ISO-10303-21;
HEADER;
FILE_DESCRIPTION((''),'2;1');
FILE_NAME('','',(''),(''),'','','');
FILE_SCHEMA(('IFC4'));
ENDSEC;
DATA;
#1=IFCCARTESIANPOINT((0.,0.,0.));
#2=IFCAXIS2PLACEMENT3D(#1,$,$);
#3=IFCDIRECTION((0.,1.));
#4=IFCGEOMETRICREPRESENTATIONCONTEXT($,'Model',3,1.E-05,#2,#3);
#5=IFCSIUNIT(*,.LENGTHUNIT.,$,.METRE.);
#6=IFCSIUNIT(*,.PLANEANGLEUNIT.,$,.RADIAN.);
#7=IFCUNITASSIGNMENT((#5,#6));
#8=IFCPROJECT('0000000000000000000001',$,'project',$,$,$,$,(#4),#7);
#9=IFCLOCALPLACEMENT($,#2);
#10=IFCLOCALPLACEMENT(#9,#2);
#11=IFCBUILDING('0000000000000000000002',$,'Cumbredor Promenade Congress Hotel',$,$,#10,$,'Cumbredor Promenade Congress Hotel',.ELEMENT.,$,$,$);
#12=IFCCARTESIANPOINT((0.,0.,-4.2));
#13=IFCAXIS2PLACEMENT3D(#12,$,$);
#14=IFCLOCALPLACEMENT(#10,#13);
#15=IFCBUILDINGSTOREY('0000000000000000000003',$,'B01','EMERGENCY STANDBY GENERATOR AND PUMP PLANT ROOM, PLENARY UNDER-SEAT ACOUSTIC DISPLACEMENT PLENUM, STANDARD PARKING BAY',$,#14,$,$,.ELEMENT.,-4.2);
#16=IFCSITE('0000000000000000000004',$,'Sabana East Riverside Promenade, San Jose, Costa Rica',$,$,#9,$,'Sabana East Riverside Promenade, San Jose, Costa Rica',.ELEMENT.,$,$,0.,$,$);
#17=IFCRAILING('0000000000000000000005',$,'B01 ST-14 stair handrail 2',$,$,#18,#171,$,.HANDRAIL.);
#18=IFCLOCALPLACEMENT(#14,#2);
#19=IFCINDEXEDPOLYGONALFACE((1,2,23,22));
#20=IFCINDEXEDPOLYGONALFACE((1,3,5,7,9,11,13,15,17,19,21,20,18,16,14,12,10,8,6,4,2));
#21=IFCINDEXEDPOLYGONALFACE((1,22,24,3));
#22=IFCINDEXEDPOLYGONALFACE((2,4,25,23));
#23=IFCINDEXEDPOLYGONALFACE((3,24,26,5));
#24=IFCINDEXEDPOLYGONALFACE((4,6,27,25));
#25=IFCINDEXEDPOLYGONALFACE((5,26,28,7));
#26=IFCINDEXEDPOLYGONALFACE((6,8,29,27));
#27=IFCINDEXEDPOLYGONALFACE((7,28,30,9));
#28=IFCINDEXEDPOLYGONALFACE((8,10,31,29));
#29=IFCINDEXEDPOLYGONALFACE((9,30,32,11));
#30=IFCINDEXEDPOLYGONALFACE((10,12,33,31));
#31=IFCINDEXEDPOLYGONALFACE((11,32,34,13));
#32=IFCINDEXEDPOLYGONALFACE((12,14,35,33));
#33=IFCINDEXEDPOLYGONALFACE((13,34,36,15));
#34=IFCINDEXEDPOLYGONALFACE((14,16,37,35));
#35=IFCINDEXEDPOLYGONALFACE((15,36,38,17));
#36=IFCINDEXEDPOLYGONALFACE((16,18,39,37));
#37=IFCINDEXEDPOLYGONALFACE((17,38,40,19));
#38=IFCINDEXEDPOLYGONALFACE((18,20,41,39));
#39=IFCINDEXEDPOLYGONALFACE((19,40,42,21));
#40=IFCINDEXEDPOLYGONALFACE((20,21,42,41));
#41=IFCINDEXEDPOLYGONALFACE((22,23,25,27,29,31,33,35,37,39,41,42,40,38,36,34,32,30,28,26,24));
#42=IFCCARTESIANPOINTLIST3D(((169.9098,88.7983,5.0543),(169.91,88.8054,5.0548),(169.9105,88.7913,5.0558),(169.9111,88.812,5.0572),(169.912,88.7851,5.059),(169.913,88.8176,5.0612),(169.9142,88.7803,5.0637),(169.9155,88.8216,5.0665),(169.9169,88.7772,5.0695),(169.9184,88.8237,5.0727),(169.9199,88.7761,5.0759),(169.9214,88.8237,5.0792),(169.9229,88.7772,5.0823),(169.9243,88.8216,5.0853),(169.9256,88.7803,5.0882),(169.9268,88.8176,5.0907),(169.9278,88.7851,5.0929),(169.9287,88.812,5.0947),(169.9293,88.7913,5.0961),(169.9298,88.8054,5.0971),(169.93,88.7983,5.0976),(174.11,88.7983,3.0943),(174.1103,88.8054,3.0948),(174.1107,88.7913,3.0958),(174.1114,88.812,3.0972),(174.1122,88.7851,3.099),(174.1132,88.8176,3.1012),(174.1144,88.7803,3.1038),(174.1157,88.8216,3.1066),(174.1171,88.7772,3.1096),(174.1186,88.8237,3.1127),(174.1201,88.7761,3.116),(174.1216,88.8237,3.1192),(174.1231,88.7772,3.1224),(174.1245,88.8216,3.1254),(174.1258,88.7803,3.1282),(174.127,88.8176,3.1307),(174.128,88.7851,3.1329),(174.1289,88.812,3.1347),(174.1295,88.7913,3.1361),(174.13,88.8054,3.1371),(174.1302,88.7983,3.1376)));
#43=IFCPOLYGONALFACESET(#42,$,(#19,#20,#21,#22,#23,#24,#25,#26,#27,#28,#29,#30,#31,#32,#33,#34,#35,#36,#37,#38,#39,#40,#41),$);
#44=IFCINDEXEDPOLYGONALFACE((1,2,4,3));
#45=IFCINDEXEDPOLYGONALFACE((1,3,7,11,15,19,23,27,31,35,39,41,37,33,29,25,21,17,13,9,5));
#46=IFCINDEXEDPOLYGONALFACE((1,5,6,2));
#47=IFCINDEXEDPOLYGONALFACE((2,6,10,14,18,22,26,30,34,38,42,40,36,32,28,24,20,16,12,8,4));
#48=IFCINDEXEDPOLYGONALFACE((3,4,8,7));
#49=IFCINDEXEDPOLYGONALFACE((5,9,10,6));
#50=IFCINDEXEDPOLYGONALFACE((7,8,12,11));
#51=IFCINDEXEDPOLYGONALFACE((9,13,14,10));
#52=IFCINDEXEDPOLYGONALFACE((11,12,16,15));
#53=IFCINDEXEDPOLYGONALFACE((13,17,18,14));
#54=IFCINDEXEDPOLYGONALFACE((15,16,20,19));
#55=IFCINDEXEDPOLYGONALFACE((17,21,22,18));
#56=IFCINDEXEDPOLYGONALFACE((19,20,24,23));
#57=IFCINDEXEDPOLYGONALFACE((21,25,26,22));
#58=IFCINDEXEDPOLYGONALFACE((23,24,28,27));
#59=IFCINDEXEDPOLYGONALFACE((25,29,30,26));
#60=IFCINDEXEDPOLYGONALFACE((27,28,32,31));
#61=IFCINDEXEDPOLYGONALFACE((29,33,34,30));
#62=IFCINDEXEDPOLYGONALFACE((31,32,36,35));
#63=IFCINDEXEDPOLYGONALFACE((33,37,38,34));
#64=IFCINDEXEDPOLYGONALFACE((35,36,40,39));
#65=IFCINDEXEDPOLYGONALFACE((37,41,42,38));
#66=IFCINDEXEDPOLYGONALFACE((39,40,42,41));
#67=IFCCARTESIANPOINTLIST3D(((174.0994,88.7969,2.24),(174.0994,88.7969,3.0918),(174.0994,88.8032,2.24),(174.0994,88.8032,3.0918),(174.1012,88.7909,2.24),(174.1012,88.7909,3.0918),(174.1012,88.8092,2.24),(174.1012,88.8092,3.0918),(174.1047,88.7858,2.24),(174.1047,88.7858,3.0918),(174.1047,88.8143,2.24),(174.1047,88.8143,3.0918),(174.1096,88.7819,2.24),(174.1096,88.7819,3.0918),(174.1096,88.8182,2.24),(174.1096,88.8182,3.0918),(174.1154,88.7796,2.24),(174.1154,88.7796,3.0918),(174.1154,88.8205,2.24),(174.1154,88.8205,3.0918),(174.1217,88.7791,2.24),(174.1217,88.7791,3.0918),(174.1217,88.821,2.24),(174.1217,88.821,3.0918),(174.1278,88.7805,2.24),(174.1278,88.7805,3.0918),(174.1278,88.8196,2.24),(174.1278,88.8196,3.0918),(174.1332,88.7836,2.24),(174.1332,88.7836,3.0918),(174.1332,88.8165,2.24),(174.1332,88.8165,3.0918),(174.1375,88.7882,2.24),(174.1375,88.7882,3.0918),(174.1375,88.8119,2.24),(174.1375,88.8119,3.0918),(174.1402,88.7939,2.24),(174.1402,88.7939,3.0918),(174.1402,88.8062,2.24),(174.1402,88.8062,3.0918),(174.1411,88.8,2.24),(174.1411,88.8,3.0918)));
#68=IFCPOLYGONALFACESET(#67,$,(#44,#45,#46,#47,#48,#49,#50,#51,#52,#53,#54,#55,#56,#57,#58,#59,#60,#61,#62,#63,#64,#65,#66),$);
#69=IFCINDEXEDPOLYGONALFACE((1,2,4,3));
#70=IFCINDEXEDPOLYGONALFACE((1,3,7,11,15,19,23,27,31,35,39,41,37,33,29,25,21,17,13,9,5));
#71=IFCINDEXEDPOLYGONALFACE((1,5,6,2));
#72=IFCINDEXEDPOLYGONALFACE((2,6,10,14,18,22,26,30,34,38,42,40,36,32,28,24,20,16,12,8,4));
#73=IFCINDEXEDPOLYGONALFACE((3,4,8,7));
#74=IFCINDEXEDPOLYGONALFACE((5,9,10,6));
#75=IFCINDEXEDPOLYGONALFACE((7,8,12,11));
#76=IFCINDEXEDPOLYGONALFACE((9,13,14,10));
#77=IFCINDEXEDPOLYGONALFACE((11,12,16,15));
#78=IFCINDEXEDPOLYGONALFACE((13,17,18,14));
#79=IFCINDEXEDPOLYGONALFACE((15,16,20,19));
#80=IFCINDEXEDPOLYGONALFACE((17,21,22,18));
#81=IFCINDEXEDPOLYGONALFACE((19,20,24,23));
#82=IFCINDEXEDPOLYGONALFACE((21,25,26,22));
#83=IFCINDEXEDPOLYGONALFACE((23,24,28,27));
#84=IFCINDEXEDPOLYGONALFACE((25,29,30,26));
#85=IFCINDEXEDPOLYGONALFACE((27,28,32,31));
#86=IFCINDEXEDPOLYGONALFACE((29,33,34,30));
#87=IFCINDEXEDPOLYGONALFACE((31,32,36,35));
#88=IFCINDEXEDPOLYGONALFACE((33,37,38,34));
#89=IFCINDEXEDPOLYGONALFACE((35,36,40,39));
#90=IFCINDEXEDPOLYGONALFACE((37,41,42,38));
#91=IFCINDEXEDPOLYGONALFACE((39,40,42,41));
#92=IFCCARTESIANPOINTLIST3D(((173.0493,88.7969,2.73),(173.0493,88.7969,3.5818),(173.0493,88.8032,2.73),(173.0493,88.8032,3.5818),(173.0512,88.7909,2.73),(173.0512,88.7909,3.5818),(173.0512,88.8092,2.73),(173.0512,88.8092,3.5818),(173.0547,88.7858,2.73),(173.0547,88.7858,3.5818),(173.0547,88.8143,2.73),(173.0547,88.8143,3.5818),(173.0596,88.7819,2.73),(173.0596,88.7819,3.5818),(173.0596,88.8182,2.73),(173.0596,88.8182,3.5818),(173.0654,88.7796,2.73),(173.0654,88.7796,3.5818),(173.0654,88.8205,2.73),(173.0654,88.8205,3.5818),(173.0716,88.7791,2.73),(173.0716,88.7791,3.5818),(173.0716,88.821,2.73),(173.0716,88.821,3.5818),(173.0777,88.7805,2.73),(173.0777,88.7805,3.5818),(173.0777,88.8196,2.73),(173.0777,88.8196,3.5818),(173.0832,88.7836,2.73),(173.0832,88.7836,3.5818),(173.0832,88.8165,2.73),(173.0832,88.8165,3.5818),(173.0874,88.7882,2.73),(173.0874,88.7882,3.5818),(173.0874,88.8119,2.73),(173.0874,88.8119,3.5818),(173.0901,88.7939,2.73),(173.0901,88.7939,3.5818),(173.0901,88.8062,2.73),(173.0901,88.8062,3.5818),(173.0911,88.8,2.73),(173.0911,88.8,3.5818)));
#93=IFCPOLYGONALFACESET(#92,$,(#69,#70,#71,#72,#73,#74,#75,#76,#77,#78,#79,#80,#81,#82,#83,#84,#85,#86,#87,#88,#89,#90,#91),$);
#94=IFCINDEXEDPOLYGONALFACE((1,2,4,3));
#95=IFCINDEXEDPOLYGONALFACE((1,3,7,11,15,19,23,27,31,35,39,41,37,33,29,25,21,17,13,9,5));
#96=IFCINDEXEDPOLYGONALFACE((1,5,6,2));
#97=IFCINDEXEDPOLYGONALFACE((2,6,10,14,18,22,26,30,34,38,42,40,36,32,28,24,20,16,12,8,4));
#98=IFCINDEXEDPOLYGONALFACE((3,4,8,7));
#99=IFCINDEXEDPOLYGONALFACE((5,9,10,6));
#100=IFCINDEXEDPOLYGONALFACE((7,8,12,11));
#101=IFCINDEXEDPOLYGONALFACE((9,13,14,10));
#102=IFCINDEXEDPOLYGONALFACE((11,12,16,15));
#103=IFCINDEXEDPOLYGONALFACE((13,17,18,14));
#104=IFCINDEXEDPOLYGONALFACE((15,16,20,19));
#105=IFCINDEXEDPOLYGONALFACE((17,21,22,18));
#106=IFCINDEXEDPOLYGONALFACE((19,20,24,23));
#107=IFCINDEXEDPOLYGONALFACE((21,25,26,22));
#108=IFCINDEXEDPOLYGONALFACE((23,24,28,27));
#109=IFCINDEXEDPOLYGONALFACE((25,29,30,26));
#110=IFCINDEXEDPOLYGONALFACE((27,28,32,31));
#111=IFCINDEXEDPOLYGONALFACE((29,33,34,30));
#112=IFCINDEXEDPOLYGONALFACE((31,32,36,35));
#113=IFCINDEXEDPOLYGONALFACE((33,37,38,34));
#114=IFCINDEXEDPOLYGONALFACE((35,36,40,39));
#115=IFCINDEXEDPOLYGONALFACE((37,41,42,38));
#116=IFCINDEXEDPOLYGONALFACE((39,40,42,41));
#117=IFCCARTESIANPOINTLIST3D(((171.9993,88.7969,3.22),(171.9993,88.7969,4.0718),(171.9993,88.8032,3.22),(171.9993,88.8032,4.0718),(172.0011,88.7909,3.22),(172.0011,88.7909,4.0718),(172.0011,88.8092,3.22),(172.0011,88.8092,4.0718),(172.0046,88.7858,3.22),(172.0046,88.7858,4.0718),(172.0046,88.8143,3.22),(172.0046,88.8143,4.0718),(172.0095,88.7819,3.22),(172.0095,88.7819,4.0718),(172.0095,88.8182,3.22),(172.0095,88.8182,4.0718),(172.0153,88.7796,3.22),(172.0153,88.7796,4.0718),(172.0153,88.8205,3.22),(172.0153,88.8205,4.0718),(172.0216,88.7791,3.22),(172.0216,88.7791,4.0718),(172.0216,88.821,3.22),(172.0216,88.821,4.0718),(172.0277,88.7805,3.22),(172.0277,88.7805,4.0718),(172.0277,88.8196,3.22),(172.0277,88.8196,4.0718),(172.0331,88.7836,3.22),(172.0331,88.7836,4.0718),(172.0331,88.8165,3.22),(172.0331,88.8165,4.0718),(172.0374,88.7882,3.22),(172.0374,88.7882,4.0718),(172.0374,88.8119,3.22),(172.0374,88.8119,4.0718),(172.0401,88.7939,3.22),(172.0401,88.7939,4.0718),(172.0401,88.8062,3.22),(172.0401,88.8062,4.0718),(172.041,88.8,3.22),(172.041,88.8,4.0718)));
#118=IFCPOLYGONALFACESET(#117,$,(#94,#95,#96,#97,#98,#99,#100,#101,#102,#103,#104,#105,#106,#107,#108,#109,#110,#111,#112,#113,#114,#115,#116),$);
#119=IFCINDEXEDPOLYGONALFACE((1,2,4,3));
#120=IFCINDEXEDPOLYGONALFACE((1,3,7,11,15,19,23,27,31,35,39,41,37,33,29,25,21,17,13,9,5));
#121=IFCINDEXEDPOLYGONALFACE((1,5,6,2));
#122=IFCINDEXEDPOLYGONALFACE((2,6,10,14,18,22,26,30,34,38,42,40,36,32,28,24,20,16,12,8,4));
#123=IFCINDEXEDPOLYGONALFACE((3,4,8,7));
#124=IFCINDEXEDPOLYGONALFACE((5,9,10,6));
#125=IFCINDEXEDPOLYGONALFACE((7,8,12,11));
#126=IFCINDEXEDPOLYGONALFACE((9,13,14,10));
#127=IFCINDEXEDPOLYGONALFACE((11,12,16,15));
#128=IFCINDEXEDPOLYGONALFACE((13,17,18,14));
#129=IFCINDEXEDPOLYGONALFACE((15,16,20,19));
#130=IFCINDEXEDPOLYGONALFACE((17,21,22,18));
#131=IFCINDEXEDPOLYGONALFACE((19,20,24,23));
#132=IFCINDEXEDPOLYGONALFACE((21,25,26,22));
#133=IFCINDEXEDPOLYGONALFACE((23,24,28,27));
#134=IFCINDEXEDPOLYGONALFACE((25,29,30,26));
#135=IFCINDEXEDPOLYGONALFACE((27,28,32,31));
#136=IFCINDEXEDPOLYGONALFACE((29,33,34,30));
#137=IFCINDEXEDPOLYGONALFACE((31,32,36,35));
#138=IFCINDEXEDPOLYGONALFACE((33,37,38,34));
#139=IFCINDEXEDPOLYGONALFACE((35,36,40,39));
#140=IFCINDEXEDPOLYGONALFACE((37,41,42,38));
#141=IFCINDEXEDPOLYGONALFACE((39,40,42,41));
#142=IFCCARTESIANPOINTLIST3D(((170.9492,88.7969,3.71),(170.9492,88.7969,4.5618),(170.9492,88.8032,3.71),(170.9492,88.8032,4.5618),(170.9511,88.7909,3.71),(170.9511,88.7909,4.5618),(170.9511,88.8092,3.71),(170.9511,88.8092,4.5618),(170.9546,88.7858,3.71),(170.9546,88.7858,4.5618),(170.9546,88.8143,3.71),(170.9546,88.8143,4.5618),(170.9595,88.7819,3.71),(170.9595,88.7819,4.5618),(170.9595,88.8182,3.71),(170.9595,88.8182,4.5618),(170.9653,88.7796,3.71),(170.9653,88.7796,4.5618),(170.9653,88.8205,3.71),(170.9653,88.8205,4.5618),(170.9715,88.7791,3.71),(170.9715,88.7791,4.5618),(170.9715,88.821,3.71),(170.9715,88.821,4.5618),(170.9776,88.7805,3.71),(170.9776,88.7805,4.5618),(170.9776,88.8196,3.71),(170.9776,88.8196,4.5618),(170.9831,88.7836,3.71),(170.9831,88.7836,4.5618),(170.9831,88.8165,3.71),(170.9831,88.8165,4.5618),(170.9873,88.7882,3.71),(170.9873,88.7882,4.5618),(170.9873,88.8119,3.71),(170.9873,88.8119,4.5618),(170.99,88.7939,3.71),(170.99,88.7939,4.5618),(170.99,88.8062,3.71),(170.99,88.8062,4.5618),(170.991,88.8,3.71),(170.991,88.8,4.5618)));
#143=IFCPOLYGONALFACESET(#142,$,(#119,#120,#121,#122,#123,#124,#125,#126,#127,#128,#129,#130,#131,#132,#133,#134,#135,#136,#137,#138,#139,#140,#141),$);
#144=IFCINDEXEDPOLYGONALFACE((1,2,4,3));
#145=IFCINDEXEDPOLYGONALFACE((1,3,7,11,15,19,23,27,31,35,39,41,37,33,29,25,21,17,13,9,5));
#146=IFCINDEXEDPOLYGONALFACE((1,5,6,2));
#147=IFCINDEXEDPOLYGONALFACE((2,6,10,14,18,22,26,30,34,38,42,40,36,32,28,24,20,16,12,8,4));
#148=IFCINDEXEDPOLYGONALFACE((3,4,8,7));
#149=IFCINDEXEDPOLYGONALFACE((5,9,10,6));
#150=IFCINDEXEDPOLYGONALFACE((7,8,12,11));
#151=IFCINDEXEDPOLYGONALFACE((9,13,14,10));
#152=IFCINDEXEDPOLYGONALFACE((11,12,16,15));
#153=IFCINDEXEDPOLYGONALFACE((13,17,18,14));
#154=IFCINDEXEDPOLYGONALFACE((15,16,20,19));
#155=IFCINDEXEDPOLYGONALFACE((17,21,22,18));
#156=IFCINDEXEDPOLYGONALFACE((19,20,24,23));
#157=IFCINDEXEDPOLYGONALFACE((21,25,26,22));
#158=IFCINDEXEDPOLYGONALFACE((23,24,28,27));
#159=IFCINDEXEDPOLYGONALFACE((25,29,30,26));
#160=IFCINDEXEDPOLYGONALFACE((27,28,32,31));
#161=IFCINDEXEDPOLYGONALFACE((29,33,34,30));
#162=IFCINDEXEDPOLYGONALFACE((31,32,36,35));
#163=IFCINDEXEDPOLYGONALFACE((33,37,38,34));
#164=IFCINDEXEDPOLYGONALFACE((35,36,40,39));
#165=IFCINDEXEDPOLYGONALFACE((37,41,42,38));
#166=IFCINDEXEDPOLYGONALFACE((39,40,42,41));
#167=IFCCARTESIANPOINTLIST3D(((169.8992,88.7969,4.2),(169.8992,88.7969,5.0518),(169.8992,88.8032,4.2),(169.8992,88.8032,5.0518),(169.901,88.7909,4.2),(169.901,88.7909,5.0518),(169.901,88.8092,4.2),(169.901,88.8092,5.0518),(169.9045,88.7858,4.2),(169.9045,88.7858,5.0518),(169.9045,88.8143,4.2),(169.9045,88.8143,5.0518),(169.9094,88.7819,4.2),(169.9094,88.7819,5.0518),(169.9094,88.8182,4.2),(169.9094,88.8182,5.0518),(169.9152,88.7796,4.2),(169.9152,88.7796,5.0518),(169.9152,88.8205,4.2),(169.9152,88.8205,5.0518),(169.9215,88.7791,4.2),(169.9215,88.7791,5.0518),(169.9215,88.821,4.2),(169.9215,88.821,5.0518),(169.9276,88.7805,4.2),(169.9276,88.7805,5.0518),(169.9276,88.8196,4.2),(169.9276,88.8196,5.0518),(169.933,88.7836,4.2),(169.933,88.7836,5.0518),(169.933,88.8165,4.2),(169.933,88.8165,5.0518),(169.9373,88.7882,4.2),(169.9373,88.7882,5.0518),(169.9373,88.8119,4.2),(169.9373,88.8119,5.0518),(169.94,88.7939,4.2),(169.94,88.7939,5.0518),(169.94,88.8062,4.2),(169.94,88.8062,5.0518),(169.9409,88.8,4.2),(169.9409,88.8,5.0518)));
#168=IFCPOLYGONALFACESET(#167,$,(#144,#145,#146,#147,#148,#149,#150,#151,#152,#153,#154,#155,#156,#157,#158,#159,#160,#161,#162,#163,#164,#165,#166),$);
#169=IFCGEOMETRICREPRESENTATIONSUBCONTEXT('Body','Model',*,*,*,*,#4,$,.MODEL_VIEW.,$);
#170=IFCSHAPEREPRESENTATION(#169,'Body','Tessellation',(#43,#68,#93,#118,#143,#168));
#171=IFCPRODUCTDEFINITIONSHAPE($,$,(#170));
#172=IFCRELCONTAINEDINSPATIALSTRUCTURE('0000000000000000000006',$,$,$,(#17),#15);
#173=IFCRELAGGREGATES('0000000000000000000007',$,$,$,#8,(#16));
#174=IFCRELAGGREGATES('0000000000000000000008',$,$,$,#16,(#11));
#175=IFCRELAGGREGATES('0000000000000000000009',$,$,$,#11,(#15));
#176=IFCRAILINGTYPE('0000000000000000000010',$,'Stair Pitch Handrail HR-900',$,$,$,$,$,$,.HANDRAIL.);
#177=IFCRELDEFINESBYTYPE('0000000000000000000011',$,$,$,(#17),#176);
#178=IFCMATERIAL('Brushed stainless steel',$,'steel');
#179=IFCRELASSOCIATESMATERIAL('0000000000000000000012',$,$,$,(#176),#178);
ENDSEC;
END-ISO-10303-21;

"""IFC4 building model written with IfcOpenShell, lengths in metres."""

from ifc_helpers import new_model, si_unit, direction, frame, origin, origin_2d, place, context, subcontext, project, spatial, circle, extrude, material, type_object, element, save


model = new_model("IFC4")

# Units and contexts
model_context = context("Model", 3, precision=1e-05, world=origin(), true_north=direction((0.0, 1.0)))
body_context = subcontext(model_context, "Body", "Model", "MODEL_VIEW")
ifc_project = project(units=[si_unit("LENGTHUNIT", "METRE"), si_unit("PLANEANGLEUNIT", "RADIAN")], contexts=[model_context])

# Site, building, storey
site_placement = place(None, origin())
site = spatial("IfcSite", under=ifc_project, at=site_placement, Name="Sabana East Riverside Promenade, San Jose, Costa Rica", LongName="Sabana East Riverside Promenade, San Jose, Costa Rica", CompositionType="ELEMENT", RefElevation=0.0)
building_placement = place(site_placement, origin())
building = spatial("IfcBuilding", under=site, at=building_placement, Name="Cumbredor Promenade Congress Hotel", LongName="Cumbredor Promenade Congress Hotel", CompositionType="ELEMENT")
storey_placement = place(building_placement, frame((0.0, 0.0, -4.2)))
storey = spatial("IfcBuildingStorey", under=building, at=storey_placement, Name="B01", Description="EMERGENCY STANDBY GENERATOR AND PUMP PLANT ROOM, PLENARY UNDER-SEAT ACOUSTIC DISPLACEMENT PLENUM, STANDARD PARKING BAY", CompositionType="ELEMENT", Elevation=-4.2)

# Railing
ifc_material_1 = material(Name="Brushed stainless steel", Category="steel")
railing_type_1 = type_object("IfcRailingType", Name="Stair Pitch Handrail HR-900", PredefinedType="HANDRAIL", material=ifc_material_1)
railing_1_placement = place(storey_placement, frame((174.1201, 88.8, 2.24)))
element("IfcRailing", 1, at=railing_1_placement, inside=storey, type_object=railing_type_1, Name="B01 ST-14 stair handrail 2", PredefinedType="HANDRAIL", context=body_context, shape_type="SweptSolid", body=[
    extrude(circle(Radius=0.0239, at=origin_2d()), frame((0.0, 0.0, 0.876), z_axis=(-0.906194, 0.0, 0.422862), x_axis=(0.0, -1.0, 0.0)), (0.0, 0.0, 1.0), 4.635),
    extrude(circle(Radius=0.021, at=origin_2d()), origin(), (0.0, 0.0, 1.0), 0.8518),
    extrude(circle(Radius=0.021, at=origin_2d()), frame((-1.05, 0.0, 0.49)), (0.0, 0.0, 1.0), 0.8518),
    extrude(circle(Radius=0.021, at=origin_2d()), frame((-2.1001, 0.0, 0.98)), (0.0, 0.0, 1.0), 0.8518),
    extrude(circle(Radius=0.021, at=origin_2d()), frame((-3.1501, 0.0, 1.47)), (0.0, 0.0, 1.0), 0.8518),
    extrude(circle(Radius=0.021, at=origin_2d()), frame((-4.2002, 0.0, 1.96)), (0.0, 0.0, 1.0), 0.8518),
])

save(model, "model.ifc")
